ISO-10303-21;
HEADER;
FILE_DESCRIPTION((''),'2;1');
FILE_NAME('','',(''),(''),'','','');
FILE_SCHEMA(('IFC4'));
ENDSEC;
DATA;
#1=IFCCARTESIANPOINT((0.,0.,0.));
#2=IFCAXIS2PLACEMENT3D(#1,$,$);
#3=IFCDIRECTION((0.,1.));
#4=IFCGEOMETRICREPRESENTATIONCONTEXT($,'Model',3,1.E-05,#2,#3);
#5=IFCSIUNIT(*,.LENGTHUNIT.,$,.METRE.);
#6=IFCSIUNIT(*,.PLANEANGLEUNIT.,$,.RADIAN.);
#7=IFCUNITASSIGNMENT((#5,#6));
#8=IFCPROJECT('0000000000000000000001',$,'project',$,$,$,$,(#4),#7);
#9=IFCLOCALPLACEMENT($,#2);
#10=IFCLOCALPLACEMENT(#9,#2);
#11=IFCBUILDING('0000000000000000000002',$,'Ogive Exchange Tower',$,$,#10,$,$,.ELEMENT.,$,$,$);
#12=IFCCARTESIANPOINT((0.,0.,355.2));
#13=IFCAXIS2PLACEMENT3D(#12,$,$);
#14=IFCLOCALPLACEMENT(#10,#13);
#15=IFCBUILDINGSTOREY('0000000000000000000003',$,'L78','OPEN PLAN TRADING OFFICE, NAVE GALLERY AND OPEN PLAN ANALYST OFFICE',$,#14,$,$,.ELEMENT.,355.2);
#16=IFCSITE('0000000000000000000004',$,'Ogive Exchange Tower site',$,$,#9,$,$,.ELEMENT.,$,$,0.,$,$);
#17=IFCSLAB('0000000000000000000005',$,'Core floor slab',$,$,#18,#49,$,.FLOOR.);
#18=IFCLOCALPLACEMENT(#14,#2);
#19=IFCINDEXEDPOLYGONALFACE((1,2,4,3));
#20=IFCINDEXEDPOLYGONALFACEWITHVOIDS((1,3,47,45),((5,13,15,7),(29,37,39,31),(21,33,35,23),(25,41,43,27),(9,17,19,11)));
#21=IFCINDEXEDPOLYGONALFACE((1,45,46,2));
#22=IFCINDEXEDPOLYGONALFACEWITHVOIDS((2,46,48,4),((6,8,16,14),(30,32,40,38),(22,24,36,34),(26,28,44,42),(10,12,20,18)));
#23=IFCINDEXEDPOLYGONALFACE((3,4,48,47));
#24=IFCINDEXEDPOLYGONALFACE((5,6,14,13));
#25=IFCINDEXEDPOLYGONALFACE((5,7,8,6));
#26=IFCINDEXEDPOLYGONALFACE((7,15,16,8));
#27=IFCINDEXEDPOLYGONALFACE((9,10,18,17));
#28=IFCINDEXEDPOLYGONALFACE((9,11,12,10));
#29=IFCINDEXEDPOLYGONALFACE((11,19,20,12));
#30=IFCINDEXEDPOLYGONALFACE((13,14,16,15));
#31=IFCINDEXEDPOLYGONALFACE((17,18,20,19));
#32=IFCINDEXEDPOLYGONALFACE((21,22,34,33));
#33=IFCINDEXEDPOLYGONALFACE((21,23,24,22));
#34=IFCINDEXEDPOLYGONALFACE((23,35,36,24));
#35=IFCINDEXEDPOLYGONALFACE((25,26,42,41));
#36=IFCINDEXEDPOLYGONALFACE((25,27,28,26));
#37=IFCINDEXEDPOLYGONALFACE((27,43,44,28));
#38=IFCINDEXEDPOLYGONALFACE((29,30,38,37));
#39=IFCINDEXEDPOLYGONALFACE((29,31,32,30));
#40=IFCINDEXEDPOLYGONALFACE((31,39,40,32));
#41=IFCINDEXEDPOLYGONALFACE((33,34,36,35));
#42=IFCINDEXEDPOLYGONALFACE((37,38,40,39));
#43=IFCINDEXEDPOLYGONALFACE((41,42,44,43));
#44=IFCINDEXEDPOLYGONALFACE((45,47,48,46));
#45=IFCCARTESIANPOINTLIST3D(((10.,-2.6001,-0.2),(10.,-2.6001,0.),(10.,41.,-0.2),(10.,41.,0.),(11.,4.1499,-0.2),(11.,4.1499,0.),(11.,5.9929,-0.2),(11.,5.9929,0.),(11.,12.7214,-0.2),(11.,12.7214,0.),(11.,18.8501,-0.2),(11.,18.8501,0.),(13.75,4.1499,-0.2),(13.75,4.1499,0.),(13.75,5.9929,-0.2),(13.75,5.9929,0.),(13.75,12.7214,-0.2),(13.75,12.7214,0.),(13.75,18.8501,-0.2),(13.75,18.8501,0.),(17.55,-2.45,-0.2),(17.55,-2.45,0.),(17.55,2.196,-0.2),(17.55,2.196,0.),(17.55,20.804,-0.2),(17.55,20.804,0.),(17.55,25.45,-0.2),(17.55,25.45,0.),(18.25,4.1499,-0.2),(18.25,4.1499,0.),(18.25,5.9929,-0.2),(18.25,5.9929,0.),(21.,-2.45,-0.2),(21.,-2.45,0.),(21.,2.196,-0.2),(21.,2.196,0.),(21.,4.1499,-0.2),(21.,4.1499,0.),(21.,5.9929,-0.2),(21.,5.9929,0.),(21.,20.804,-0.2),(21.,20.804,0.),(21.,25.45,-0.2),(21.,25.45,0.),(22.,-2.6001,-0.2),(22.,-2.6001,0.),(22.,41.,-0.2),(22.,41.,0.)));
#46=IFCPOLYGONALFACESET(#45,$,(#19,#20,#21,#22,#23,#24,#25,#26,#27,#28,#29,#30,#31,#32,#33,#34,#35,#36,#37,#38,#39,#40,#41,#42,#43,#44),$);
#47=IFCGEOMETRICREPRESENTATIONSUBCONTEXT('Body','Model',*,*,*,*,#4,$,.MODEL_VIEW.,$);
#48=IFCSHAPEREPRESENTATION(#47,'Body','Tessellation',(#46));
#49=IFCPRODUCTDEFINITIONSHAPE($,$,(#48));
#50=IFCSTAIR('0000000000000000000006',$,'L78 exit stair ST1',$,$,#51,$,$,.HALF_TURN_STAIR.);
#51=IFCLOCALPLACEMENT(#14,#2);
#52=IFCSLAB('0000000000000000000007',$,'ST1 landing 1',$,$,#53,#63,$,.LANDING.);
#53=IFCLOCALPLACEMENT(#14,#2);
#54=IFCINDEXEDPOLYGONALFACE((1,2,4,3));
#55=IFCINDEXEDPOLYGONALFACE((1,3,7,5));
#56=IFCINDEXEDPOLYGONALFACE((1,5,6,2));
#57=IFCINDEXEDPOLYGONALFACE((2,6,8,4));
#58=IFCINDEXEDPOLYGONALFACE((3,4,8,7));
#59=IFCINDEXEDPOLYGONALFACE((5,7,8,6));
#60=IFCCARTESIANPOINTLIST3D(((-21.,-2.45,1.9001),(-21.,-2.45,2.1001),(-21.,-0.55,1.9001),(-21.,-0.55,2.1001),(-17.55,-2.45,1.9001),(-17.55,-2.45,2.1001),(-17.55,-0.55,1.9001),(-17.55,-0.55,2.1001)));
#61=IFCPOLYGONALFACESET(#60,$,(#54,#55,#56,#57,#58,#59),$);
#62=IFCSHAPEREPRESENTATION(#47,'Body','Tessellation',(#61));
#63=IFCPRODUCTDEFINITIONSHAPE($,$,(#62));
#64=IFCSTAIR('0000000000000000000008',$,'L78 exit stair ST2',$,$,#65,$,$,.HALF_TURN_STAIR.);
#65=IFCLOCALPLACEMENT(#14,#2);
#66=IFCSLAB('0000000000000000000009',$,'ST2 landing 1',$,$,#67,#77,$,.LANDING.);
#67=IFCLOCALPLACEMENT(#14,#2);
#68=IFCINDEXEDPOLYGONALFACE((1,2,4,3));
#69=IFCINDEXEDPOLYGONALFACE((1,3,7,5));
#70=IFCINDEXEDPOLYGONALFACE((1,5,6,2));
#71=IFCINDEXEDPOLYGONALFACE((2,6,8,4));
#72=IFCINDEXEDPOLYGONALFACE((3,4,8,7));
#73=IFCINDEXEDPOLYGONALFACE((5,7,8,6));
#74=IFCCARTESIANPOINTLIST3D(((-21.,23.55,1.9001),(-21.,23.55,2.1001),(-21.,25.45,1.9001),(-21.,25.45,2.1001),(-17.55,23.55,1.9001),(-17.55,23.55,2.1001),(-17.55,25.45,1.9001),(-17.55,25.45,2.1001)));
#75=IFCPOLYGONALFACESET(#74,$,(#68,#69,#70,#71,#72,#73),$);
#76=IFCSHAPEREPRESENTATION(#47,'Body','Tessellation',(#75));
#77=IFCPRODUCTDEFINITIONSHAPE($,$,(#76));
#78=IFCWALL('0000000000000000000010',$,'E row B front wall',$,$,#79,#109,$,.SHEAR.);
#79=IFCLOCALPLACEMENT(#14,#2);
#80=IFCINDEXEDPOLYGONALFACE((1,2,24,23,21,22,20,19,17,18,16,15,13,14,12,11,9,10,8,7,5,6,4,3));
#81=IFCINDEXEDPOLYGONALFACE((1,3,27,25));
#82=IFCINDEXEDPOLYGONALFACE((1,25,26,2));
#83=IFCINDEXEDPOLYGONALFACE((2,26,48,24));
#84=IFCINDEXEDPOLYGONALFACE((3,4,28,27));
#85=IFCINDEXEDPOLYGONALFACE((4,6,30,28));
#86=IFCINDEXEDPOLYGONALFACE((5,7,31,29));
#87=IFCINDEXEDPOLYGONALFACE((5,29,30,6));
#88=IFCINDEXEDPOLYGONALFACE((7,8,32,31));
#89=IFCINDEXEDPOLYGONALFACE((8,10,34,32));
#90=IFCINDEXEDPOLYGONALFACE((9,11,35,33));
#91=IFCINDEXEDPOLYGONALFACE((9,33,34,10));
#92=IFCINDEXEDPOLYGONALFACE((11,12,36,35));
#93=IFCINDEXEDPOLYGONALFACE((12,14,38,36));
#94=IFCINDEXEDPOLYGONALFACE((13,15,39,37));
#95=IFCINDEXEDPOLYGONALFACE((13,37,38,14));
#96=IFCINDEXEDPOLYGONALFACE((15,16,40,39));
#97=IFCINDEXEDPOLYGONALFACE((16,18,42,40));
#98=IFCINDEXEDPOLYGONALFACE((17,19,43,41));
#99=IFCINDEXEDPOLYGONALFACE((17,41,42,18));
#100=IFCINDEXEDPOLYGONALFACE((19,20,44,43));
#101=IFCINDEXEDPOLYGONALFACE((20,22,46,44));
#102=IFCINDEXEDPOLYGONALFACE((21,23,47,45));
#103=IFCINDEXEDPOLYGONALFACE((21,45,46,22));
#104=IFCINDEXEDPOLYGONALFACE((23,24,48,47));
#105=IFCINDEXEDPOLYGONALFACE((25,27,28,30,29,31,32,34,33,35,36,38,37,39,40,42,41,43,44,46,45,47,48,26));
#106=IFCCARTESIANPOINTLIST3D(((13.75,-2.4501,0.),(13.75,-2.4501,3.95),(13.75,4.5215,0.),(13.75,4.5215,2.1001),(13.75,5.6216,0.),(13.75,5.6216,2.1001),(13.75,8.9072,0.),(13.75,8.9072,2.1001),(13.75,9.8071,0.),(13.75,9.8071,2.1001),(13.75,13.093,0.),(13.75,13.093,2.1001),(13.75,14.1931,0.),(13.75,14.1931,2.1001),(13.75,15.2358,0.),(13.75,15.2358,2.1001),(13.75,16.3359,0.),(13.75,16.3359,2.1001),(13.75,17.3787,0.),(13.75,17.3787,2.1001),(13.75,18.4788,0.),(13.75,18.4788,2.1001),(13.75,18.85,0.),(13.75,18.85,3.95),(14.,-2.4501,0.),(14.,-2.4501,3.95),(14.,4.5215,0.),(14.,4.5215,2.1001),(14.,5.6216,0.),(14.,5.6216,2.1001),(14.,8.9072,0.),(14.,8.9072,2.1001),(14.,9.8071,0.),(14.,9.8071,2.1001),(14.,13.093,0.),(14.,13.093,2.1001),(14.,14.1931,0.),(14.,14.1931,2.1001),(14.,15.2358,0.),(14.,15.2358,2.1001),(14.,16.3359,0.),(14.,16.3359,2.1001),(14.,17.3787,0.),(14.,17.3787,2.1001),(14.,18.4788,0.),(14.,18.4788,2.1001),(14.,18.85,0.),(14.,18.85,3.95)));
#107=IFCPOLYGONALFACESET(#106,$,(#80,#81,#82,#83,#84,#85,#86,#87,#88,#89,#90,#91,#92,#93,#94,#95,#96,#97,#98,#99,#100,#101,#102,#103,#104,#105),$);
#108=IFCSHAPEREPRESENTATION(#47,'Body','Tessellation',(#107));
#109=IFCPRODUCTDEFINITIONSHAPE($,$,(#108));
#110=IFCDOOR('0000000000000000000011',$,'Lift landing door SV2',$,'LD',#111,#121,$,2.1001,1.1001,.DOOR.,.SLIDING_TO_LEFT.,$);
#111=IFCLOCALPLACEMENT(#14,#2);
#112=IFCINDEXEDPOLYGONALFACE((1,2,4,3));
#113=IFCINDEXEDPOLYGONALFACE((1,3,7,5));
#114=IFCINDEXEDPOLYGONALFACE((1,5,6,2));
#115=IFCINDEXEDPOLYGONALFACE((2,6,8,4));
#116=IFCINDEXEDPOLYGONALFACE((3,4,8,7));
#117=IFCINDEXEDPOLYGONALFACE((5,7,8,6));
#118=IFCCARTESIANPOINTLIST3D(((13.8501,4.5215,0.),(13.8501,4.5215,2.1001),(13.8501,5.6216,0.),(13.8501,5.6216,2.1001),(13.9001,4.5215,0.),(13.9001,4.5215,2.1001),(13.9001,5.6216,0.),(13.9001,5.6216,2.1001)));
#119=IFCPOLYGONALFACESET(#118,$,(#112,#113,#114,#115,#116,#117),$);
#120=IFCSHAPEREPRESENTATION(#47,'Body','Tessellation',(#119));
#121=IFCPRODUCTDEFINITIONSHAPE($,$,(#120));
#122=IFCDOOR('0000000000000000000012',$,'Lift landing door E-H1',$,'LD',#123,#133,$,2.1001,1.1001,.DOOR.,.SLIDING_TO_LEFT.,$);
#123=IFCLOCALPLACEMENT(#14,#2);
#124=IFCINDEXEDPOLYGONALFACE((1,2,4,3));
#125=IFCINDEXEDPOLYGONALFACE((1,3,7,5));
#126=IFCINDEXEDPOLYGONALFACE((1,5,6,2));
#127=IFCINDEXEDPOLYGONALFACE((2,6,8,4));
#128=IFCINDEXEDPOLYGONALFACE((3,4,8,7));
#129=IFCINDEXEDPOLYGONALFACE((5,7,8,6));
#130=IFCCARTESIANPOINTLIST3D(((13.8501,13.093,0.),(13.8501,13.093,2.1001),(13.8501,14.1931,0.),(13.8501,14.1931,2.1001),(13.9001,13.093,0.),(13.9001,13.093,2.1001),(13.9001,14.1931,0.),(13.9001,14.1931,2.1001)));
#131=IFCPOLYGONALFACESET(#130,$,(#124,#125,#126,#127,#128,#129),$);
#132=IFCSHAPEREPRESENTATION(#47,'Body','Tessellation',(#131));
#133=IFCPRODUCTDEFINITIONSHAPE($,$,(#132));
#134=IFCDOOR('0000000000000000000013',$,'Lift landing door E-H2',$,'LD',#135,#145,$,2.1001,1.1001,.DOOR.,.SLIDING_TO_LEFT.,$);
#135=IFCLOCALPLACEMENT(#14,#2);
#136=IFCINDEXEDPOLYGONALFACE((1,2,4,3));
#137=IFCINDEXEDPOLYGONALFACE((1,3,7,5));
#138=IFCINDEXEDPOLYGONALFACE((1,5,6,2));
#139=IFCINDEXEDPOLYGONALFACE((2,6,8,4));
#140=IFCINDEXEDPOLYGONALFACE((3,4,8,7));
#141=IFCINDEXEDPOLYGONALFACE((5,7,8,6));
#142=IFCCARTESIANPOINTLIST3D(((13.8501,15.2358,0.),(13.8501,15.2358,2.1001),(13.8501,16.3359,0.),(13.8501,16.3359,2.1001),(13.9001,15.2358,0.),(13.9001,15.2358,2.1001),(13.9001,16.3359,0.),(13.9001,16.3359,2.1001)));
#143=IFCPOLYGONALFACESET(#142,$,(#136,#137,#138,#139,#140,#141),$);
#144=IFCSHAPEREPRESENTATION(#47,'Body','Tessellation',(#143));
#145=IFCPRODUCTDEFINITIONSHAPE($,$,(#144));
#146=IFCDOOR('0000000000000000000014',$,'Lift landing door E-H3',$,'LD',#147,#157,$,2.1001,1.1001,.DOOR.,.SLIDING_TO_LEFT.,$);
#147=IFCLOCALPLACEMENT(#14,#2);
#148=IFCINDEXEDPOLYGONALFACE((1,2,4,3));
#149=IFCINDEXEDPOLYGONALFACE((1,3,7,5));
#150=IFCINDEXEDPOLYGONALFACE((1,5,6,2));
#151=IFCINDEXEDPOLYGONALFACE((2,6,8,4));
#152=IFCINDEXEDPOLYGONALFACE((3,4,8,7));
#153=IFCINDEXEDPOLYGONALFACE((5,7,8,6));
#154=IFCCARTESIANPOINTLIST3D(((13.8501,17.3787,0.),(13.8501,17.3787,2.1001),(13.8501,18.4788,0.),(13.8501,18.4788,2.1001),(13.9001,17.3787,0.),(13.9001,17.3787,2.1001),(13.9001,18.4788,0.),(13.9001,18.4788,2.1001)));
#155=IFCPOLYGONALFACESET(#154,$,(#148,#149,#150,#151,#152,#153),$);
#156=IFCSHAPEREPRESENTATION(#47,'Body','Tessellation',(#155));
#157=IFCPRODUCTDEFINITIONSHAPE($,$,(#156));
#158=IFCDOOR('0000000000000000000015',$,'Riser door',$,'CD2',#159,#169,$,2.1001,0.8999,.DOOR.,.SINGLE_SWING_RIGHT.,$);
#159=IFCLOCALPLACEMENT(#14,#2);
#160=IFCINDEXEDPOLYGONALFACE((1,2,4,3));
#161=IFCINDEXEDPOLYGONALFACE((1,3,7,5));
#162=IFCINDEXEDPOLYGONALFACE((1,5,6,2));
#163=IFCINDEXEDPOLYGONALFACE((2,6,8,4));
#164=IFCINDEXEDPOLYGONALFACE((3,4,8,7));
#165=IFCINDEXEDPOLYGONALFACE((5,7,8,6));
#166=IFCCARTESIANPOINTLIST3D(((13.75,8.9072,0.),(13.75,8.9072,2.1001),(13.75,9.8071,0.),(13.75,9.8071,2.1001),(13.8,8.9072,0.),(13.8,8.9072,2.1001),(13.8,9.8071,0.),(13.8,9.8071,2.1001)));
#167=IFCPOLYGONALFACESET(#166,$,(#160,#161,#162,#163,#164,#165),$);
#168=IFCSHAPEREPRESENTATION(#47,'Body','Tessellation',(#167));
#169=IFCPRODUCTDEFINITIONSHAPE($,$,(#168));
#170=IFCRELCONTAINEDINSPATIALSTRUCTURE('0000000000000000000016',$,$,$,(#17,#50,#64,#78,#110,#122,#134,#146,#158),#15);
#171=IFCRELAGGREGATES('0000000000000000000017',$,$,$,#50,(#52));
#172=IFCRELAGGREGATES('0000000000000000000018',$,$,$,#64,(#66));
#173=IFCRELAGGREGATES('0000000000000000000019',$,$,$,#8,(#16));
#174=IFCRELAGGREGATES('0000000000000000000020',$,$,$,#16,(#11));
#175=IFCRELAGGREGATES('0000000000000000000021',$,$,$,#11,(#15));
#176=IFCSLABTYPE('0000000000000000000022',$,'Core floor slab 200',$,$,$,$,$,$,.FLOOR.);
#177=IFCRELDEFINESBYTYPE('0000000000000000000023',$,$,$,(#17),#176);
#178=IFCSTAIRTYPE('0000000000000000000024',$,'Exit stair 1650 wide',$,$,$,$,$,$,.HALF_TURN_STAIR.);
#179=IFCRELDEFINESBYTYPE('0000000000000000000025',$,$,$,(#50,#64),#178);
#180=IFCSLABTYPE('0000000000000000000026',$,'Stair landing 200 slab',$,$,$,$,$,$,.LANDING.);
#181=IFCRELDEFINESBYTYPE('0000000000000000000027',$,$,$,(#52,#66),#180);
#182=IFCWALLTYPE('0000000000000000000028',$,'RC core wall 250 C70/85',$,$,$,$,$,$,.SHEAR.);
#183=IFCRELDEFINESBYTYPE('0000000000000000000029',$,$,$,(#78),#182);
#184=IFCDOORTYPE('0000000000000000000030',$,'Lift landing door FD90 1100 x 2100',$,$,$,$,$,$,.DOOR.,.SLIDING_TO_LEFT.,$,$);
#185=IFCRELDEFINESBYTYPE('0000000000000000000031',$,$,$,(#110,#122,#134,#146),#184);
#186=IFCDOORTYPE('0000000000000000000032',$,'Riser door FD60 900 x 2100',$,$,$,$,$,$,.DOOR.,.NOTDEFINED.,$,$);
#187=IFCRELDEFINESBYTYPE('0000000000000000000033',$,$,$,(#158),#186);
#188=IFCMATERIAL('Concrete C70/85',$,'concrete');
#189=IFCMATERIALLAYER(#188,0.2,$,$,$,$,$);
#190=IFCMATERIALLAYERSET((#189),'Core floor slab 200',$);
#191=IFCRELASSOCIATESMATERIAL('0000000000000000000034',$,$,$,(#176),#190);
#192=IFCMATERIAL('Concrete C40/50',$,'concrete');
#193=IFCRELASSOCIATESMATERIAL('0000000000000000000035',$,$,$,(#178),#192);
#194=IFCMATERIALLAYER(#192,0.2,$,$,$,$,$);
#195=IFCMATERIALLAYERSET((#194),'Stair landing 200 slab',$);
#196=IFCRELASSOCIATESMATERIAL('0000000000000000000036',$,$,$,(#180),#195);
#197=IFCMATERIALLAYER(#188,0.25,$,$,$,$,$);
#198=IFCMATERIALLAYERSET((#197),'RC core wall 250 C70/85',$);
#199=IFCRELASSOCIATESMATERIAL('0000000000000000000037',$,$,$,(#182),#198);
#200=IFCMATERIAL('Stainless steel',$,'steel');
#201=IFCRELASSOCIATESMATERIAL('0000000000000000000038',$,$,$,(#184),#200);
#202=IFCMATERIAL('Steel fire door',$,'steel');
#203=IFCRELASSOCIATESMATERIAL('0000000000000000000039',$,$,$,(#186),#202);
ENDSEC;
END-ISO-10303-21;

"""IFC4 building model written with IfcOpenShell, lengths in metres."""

from ifc_helpers import new_model, si_unit, direction, frame, frame_2d, origin, place, context, subcontext, project, spatial, polyline, rectangle, outline, extrude, material, layer, layer_set, type_object, element, fill, aggregate, save


model = new_model("IFC4")

# Units and contexts
model_context = context("Model", 3, precision=1e-05, world=origin(), true_north=direction((0.0, 1.0)))
body_context = subcontext(model_context, "Body", "Model", "MODEL_VIEW")
ifc_project = project(units=[si_unit("LENGTHUNIT", "METRE"), si_unit("PLANEANGLEUNIT", "RADIAN")], contexts=[model_context])

# Site, building, storey
site_placement = place(None, origin())
site = spatial("IfcSite", under=ifc_project, at=site_placement, Name="Ogive Exchange Tower site", CompositionType="ELEMENT", RefElevation=0.0)
building_placement = place(site_placement, origin())
building = spatial("IfcBuilding", under=site, at=building_placement, Name="Ogive Exchange Tower", CompositionType="ELEMENT")
storey_placement = place(building_placement, frame((0.0, 0.0, 355.2)))
storey = spatial("IfcBuildingStorey", under=building, at=storey_placement, Name="L78", Description="OPEN PLAN TRADING OFFICE, NAVE GALLERY AND OPEN PLAN ANALYST OFFICE", CompositionType="ELEMENT", Elevation=355.2)

# Slab
ifc_material_1 = material(Name="Concrete C70/85", Category="concrete")
ifc_layer_1 = layer(ifc_material_1, 0.2)
ifc_layer_set_1 = layer_set([ifc_layer_1], Name="Core floor slab 200")
slab_type_1 = type_object("IfcSlabType", Name="Core floor slab 200", PredefinedType="FLOOR", material=ifc_layer_set_1)
slab_1_placement = place(storey_placement, frame((0.0, 0.0, -0.2)))
element("IfcSlab", 1, at=slab_1_placement, inside=storey, type_object=slab_type_1, Name="Core floor slab", PredefinedType="FLOOR", context=body_context, shape_type="SweptSolid", body=[
    extrude(outline(polyline([(10.0, -2.6001), (10.0, 41.0), (22.0, 41.0), (22.0, -2.6001), (10.0, -2.6001)]), holes=[polyline([(21.0, 2.196), (17.55, 2.196), (17.55, -2.45), (21.0, -2.45), (21.0, 2.196)]), polyline([(11.0, 5.9929), (11.0, 4.1499), (13.75, 4.1499), (13.75, 5.9929), (11.0, 5.9929)]), polyline([(18.25, 5.9929), (18.25, 4.1499), (21.0, 4.1499), (21.0, 5.9929), (18.25, 5.9929)]), polyline([(13.75, 18.8501), (11.0, 18.8501), (11.0, 12.7214), (13.75, 12.7214), (13.75, 18.8501)]), polyline([(17.55, 25.45), (17.55, 20.804), (21.0, 20.804), (21.0, 25.45), (17.55, 25.45)])]), origin(), (0.0, 0.0, 1.0), 0.2),
])

# Stairs, slabs
ifc_material_2 = material(Name="Concrete C40/50", Category="concrete")
stair_type = type_object("IfcStairType", Name="Exit stair 1650 wide", PredefinedType="HALF_TURN_STAIR", material=ifc_material_2)
stair_1_placement = place(storey_placement, origin())
stair_1 = element("IfcStair", 2, at=stair_1_placement, inside=storey, type_object=stair_type, Name="L78 exit stair ST1", PredefinedType="HALF_TURN_STAIR")
ifc_layer_2 = layer(ifc_material_2, 0.2)
ifc_layer_set_2 = layer_set([ifc_layer_2], Name="Stair landing 200 slab")
slab_type_2 = type_object("IfcSlabType", Name="Stair landing 200 slab", PredefinedType="LANDING", material=ifc_layer_set_2)
slab_2_placement = place(storey_placement, frame((0.0, 0.0, 1.9001)))
slab_2 = element("IfcSlab", 3, at=slab_2_placement, type_object=slab_type_2, Name="ST1 landing 1", PredefinedType="LANDING", context=body_context, shape_type="SweptSolid", body=[
    extrude(outline(polyline([(-21.0, -0.55), (-21.0, -2.45), (-17.55, -2.45), (-17.55, -0.55), (-21.0, -0.55)])), origin(), (0.0, 0.0, 1.0), 0.2),
])
aggregate(stair_1, [slab_2])
stair_2_placement = place(storey_placement, origin())
stair_2 = element("IfcStair", 4, at=stair_2_placement, inside=storey, type_object=stair_type, Name="L78 exit stair ST2", PredefinedType="HALF_TURN_STAIR")
slab_3_placement = place(storey_placement, frame((0.0, 0.0, 1.9001)))
slab_3 = element("IfcSlab", 5, at=slab_3_placement, type_object=slab_type_2, Name="ST2 landing 1", PredefinedType="LANDING", context=body_context, shape_type="SweptSolid", body=[
    extrude(outline(polyline([(-17.55, 23.55), (-17.55, 25.45), (-21.0, 25.45), (-21.0, 23.55), (-17.55, 23.55)])), origin(), (0.0, 0.0, 1.0), 0.2),
])
aggregate(stair_2, [slab_3])

# Wall, openings, doors
ifc_layer_3 = layer(ifc_material_1, 0.25)
ifc_layer_set_3 = layer_set([ifc_layer_3], Name="RC core wall 250 C70/85")
wall_type_1 = type_object("IfcWallType", Name="RC core wall 250 C70/85", PredefinedType="SHEAR", material=ifc_layer_set_3)
wall_1_placement = place(storey_placement, frame((13.875, -2.45, 0.0), z_axis=(0.0, 0.0, 1.0), x_axis=(0.0, 1.0, 0.0)))
wall_1 = element("IfcWall", 6, at=wall_1_placement, inside=storey, type_object=wall_type_1, Name="E row B front wall", PredefinedType="SHEAR", context=body_context, shape_type="SweptSolid", body=[
    extrude(rectangle(XDim=21.3, YDim=0.25, at=frame_2d((10.6499, 0.0))), origin(), (0.0, 0.0, 1.0), 3.95),
])
opening_1_placement = place(wall_1_placement, frame((11.3572, 0.0, 0.0)))
opening_1 = element("IfcOpeningElement", 7, at=opening_1_placement, cuts=wall_1, PredefinedType="OPENING", context=body_context, shape_type="SweptSolid", body=[
    extrude(rectangle(XDim=0.8999, YDim=2.1001, at=frame_2d((0.45, 1.05))), frame((0.0, 0.135, 0.0), z_axis=(0.0, -1.0, 0.0), x_axis=(1.0, 0.0, 0.0)), (0.0, 0.0, 1.0), 0.27),
])
opening_2_placement = place(wall_1_placement, frame((6.9714, 0.0, 0.0)))
opening_2 = element("IfcOpeningElement", 8, at=opening_2_placement, cuts=wall_1, PredefinedType="OPENING", context=body_context, shape_type="SweptSolid", body=[
    extrude(rectangle(XDim=1.1001, YDim=2.1001, at=frame_2d((0.55, 1.05))), frame((0.0, 0.135, 0.0), z_axis=(0.0, -1.0, 0.0), x_axis=(1.0, 0.0, 0.0)), (0.0, 0.0, 1.0), 0.27),
])
opening_3_placement = place(wall_1_placement, frame((15.543, 0.0, 0.0)))
opening_3 = element("IfcOpeningElement", 9, at=opening_3_placement, cuts=wall_1, PredefinedType="OPENING", context=body_context, shape_type="SweptSolid", body=[
    extrude(rectangle(XDim=1.1001, YDim=2.1001, at=frame_2d((0.55, 1.05))), frame((0.0, 0.135, 0.0), z_axis=(0.0, -1.0, 0.0), x_axis=(1.0, 0.0, 0.0)), (0.0, 0.0, 1.0), 0.27),
])
opening_4_placement = place(wall_1_placement, frame((17.6858, 0.0, 0.0)))
opening_4 = element("IfcOpeningElement", 10, at=opening_4_placement, cuts=wall_1, PredefinedType="OPENING", context=body_context, shape_type="SweptSolid", body=[
    extrude(rectangle(XDim=1.1001, YDim=2.1001, at=frame_2d((0.55, 1.05))), frame((0.0, 0.135, 0.0), z_axis=(0.0, -1.0, 0.0), x_axis=(1.0, 0.0, 0.0)), (0.0, 0.0, 1.0), 0.27),
])
opening_5_placement = place(wall_1_placement, frame((19.8286, 0.0, 0.0)))
opening_5 = element("IfcOpeningElement", 11, at=opening_5_placement, cuts=wall_1, PredefinedType="OPENING", context=body_context, shape_type="SweptSolid", body=[
    extrude(rectangle(XDim=1.1001, YDim=2.1001, at=frame_2d((0.55, 1.05))), frame((0.0, 0.135, 0.0), z_axis=(0.0, -1.0, 0.0), x_axis=(1.0, 0.0, 0.0)), (0.0, 0.0, 1.0), 0.27),
])
ifc_material_3 = material(Name="Stainless steel", Category="steel")
door_type_1 = type_object("IfcDoorType", Name="Lift landing door FD90 1100 x 2100", OperationType="SLIDING_TO_LEFT", PredefinedType="DOOR", material=ifc_material_3)
door_1_placement = place(opening_2_placement, origin())
door_1 = element("IfcDoor", 12, at=door_1_placement, inside=storey, type_object=door_type_1, Name="Lift landing door SV2", ObjectType="LD", OperationType="SLIDING_TO_LEFT", OverallHeight=2.1001, OverallWidth=1.1001, PredefinedType="DOOR", context=body_context, shape_type="SweptSolid", body=[
    extrude(rectangle(XDim=1.1001, YDim=2.1001, at=frame_2d((0.55, 1.05))), frame((0.0, 0.0249, 0.0), z_axis=(0.0, -1.0, 0.0), x_axis=(1.0, 0.0, 0.0)), (0.0, 0.0, 1.0), 0.05),
])
fill(opening_2, door_1)
door_2_placement = place(opening_3_placement, origin())
door_2 = element("IfcDoor", 13, at=door_2_placement, inside=storey, type_object=door_type_1, Name="Lift landing door E-H1", ObjectType="LD", OperationType="SLIDING_TO_LEFT", OverallHeight=2.1001, OverallWidth=1.1001, PredefinedType="DOOR", context=body_context, shape_type="SweptSolid", body=[
    extrude(rectangle(XDim=1.1001, YDim=2.1001, at=frame_2d((0.55, 1.05))), frame((0.0, 0.0249, 0.0), z_axis=(0.0, -1.0, 0.0), x_axis=(1.0, 0.0, 0.0)), (0.0, 0.0, 1.0), 0.05),
])
fill(opening_3, door_2)
door_3_placement = place(opening_4_placement, origin())
door_3 = element("IfcDoor", 14, at=door_3_placement, inside=storey, type_object=door_type_1, Name="Lift landing door E-H2", ObjectType="LD", OperationType="SLIDING_TO_LEFT", OverallHeight=2.1001, OverallWidth=1.1001, PredefinedType="DOOR", context=body_context, shape_type="SweptSolid", body=[
    extrude(rectangle(XDim=1.1001, YDim=2.1001, at=frame_2d((0.55, 1.05))), frame((0.0, 0.0249, 0.0), z_axis=(0.0, -1.0, 0.0), x_axis=(1.0, 0.0, 0.0)), (0.0, 0.0, 1.0), 0.05),
])
fill(opening_4, door_3)
door_4_placement = place(opening_5_placement, origin())
door_4 = element("IfcDoor", 15, at=door_4_placement, inside=storey, type_object=door_type_1, Name="Lift landing door E-H3", ObjectType="LD", OperationType="SLIDING_TO_LEFT", OverallHeight=2.1001, OverallWidth=1.1001, PredefinedType="DOOR", context=body_context, shape_type="SweptSolid", body=[
    extrude(rectangle(XDim=1.1001, YDim=2.1001, at=frame_2d((0.55, 1.05))), frame((0.0, 0.0249, 0.0), z_axis=(0.0, -1.0, 0.0), x_axis=(1.0, 0.0, 0.0)), (0.0, 0.0, 1.0), 0.05),
])
fill(opening_5, door_4)
ifc_material_4 = material(Name="Steel fire door", Category="steel")
door_type_2 = type_object("IfcDoorType", Name="Riser door FD60 900 x 2100", OperationType="NOTDEFINED", PredefinedType="DOOR", material=ifc_material_4)
door_5_placement = place(opening_1_placement, origin())
door_5 = element("IfcDoor", 16, at=door_5_placement, inside=storey, type_object=door_type_2, Name="Riser door", ObjectType="CD2", OperationType="SINGLE_SWING_RIGHT", OverallHeight=2.1001, OverallWidth=0.8999, PredefinedType="DOOR", context=body_context, shape_type="SweptSolid", body=[
    extrude(rectangle(XDim=0.8999, YDim=2.1001, at=frame_2d((0.45, 1.05))), frame((0.0, 0.125, 0.0), z_axis=(0.0, -1.0, 0.0), x_axis=(1.0, 0.0, 0.0)), (0.0, 0.0, 1.0), 0.05),
])
fill(opening_1, door_5)

save(model, "model.ifc")
